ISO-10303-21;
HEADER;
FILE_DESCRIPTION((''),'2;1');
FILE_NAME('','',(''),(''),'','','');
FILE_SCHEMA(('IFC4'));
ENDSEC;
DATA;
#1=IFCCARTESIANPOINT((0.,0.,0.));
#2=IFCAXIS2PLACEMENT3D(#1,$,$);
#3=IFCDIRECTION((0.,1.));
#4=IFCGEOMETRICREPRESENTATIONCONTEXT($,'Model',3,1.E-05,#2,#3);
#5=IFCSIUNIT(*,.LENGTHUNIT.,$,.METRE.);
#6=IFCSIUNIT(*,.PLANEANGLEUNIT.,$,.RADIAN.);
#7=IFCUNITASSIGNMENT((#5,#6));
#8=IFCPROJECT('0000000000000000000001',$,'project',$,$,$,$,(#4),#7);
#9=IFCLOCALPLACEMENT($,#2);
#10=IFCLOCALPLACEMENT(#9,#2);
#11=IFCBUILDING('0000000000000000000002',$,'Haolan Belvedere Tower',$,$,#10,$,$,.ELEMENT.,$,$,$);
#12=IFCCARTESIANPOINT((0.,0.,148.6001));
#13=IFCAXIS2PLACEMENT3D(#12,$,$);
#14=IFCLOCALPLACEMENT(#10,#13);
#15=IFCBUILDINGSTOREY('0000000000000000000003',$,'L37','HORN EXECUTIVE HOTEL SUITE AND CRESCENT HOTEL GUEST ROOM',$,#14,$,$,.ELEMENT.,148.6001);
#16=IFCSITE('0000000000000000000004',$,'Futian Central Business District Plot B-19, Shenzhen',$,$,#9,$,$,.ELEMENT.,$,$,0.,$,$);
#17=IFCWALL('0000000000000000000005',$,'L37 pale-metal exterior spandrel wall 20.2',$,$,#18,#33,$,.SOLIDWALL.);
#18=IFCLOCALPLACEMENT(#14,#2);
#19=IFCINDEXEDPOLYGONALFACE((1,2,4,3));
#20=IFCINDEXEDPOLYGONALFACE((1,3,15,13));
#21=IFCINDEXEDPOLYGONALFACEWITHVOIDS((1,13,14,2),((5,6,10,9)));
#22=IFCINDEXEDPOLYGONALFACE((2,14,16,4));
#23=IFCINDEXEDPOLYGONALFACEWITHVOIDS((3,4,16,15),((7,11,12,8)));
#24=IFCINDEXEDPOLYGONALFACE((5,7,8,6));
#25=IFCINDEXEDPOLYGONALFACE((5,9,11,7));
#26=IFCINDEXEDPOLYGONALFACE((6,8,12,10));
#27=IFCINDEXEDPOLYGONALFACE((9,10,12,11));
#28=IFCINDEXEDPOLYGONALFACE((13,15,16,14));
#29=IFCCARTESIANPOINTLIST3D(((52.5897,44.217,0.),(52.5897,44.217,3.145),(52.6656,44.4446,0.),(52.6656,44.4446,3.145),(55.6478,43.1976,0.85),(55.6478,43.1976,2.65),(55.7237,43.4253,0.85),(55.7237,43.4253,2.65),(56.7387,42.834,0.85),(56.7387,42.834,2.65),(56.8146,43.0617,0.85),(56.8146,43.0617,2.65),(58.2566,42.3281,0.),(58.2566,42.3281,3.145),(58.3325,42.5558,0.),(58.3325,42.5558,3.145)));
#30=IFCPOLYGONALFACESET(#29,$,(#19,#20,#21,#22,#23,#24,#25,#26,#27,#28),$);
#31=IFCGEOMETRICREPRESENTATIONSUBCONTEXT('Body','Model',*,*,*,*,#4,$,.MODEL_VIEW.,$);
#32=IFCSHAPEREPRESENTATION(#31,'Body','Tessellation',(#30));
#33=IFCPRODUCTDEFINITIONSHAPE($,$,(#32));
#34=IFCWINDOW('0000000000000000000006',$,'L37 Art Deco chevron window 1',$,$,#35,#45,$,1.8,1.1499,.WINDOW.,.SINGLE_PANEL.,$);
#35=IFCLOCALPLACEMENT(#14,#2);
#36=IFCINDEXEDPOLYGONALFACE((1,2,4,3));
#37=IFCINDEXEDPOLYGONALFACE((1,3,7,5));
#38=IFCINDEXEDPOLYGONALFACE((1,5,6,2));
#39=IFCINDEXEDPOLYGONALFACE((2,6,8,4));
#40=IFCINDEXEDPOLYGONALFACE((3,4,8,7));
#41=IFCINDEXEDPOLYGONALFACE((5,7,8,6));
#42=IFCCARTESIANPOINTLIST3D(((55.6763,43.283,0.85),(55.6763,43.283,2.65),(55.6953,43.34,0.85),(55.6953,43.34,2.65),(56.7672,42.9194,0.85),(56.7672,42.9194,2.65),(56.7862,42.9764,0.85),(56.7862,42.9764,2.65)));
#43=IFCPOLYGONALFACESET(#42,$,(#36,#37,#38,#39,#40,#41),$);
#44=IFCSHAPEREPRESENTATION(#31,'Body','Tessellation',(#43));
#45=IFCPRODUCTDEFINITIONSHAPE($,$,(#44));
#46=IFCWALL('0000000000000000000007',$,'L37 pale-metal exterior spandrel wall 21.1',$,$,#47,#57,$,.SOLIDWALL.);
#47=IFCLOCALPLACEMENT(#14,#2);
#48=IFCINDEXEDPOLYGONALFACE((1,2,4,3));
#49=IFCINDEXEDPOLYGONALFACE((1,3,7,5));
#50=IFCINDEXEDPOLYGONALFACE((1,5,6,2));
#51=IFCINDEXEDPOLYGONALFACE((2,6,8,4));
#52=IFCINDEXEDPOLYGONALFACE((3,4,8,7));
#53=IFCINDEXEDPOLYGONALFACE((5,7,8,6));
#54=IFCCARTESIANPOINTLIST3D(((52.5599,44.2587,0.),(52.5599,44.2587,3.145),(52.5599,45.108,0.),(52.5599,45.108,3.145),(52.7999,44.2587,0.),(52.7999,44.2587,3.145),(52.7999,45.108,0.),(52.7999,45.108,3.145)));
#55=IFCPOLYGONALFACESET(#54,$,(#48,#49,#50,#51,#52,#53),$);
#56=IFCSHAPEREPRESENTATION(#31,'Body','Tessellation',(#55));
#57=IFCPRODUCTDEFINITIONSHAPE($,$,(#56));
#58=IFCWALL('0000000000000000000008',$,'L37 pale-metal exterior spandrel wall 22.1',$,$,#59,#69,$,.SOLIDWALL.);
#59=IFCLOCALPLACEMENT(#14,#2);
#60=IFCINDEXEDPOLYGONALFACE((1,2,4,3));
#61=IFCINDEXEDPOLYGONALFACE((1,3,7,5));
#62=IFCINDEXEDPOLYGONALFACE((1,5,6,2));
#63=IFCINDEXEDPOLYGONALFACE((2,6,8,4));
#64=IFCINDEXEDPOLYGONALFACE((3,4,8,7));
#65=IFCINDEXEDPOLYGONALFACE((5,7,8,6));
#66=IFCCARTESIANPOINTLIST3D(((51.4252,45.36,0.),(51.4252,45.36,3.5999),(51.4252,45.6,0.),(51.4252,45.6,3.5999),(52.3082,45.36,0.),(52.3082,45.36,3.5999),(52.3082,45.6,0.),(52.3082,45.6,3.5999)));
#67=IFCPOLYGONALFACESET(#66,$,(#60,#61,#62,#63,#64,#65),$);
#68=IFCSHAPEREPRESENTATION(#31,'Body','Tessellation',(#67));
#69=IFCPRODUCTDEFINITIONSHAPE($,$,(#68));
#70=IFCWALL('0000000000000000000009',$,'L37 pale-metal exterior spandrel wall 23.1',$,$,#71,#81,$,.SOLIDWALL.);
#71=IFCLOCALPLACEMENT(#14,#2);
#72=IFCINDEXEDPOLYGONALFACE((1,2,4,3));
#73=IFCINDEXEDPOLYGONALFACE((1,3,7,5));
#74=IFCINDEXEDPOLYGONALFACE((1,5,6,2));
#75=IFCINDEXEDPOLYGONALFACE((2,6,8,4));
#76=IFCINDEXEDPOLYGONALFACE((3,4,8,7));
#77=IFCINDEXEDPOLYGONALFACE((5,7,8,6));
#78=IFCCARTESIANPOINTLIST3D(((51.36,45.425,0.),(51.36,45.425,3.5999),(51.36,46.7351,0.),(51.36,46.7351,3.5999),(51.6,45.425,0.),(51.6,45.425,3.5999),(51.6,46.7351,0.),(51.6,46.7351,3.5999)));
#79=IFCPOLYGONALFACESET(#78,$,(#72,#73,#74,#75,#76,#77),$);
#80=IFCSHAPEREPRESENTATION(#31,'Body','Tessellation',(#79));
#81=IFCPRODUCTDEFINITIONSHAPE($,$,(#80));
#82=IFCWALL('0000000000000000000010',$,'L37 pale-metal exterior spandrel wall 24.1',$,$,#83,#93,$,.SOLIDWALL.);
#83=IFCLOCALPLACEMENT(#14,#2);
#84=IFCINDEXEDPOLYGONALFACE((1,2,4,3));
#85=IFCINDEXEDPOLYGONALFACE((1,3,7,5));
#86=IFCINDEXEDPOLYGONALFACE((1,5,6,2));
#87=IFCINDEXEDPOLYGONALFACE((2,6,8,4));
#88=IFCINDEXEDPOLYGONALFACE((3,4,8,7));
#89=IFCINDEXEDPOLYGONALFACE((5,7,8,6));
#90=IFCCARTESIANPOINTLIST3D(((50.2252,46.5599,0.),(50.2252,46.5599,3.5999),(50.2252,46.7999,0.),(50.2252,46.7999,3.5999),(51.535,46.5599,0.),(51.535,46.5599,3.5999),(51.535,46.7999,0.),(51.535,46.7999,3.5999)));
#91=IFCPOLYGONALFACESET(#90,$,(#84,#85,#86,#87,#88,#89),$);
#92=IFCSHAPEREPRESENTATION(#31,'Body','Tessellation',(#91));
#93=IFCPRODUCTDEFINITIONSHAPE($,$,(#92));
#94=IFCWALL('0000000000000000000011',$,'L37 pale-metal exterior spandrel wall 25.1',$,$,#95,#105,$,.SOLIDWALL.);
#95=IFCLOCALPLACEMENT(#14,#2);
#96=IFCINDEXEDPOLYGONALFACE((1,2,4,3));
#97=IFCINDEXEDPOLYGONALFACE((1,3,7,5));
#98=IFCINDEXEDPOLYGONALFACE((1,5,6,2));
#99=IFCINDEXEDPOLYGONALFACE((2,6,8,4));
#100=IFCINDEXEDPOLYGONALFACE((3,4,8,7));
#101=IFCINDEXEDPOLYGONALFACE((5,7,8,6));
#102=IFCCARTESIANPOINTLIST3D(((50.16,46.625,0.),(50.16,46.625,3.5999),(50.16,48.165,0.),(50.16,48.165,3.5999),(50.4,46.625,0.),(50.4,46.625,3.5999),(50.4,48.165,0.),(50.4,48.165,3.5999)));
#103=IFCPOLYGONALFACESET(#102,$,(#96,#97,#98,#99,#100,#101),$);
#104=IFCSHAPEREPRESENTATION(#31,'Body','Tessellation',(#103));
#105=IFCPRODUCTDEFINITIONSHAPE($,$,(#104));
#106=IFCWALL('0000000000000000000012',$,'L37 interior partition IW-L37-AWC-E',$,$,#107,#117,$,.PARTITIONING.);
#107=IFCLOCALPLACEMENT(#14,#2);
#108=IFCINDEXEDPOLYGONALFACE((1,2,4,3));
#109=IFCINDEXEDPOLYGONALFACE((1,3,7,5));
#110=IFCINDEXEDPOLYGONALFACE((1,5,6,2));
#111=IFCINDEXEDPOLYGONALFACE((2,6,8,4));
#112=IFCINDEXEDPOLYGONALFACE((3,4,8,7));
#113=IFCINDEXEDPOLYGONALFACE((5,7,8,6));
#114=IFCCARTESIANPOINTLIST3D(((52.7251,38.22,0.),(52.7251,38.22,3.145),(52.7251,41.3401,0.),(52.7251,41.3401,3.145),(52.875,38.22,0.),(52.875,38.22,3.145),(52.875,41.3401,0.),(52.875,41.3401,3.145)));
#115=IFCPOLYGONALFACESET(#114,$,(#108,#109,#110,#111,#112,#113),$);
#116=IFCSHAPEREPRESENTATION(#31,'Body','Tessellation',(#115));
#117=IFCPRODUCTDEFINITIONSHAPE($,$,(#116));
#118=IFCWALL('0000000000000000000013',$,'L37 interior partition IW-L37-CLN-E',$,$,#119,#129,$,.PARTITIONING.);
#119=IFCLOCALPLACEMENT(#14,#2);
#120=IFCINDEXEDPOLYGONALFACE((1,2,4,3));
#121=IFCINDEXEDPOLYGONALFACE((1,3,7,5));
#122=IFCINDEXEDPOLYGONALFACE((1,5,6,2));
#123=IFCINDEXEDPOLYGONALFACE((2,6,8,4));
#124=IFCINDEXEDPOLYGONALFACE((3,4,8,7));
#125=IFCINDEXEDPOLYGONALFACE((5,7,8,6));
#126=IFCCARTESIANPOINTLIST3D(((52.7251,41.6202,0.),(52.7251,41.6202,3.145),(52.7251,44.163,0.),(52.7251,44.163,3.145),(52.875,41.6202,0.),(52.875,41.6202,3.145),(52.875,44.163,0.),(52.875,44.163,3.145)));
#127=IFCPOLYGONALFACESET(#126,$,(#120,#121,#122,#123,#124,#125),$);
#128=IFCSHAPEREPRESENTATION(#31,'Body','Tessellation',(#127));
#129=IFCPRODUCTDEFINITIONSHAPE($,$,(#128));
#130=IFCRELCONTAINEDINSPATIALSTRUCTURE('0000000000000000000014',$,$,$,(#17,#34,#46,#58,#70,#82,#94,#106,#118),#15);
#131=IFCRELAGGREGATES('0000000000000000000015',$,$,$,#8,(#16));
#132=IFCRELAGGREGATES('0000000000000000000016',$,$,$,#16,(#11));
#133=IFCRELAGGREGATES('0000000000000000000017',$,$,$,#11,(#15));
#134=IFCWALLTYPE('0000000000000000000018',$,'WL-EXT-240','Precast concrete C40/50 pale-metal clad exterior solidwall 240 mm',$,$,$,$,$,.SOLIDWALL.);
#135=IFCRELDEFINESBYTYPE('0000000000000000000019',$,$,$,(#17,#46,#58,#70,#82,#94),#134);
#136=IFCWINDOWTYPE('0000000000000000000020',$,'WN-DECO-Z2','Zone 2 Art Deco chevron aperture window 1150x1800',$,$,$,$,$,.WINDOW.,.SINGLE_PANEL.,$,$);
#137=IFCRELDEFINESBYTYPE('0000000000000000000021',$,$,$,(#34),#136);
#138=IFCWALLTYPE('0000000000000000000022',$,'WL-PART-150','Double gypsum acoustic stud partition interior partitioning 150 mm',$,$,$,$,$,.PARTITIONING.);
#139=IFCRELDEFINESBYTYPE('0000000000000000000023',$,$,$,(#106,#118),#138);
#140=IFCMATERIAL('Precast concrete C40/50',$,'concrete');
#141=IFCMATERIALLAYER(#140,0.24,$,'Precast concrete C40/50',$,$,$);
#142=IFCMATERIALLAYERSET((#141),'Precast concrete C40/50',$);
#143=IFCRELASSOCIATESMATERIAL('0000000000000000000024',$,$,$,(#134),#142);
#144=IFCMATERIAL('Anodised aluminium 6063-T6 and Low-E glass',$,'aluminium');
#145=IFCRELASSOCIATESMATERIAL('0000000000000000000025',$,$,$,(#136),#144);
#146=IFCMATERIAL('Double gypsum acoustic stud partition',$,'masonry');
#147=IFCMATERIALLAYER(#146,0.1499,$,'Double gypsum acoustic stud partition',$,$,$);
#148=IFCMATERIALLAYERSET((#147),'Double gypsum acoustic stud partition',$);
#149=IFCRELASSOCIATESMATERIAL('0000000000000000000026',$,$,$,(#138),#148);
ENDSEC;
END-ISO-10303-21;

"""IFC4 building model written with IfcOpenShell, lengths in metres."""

from ifc_helpers import new_model, si_unit, direction, frame, frame_2d, origin, place, context, subcontext, project, spatial, rectangle, extrude, material, layer, layer_set, type_object, element, fill, save


model = new_model("IFC4")

# Units and contexts
model_context = context("Model", 3, precision=1e-05, world=origin(), true_north=direction((0.0, 1.0)))
body_context = subcontext(model_context, "Body", "Model", "MODEL_VIEW")
ifc_project = project(units=[si_unit("LENGTHUNIT", "METRE"), si_unit("PLANEANGLEUNIT", "RADIAN")], contexts=[model_context])

# Site, building, storey
site_placement = place(None, origin())
site = spatial("IfcSite", under=ifc_project, at=site_placement, Name="Futian Central Business District Plot B-19, Shenzhen", CompositionType="ELEMENT", RefElevation=0.0)
building_placement = place(site_placement, origin())
building = spatial("IfcBuilding", under=site, at=building_placement, Name="Haolan Belvedere Tower", CompositionType="ELEMENT")
storey_placement = place(building_placement, frame((0.0, 0.0, 148.6001)))
storey = spatial("IfcBuildingStorey", under=building, at=storey_placement, Name="L37", Description="HORN EXECUTIVE HOTEL SUITE AND CRESCENT HOTEL GUEST ROOM", CompositionType="ELEMENT", Elevation=148.6001)

# Shared definitions
ifc_material_1 = material(Name="Precast concrete C40/50", Category="concrete")
ifc_layer_1 = layer(ifc_material_1, 0.24, Name="Precast concrete C40/50")
ifc_layer_set_1 = layer_set([ifc_layer_1], Name="Precast concrete C40/50")
wall_type_1 = type_object("IfcWallType", Name="WL-EXT-240", Description="Precast concrete C40/50 pale-metal clad exterior solidwall 240 mm", PredefinedType="SOLIDWALL", material=ifc_layer_set_1)

# Shared definitions
ifc_material_2 = material(Name="Anodised aluminium 6063-T6 and Low-E glass", Category="aluminium")
window_type = type_object("IfcWindowType", Name="WN-DECO-Z2", Description="Zone 2 Art Deco chevron aperture window 1150x1800", PartitioningType="SINGLE_PANEL", PredefinedType="WINDOW", material=ifc_material_2)

# Wall, opening, window
wall_1_placement = place(storey_placement, frame((58.2947, 42.4419, 0.0), z_axis=(0.0, 0.0, 1.0), x_axis=(-0.948687, 0.316216, 0.0)))
wall_1 = element("IfcWall", 1, at=wall_1_placement, inside=storey, type_object=wall_type_1, Name="L37 pale-metal exterior spandrel wall 20.2", PredefinedType="SOLIDWALL", context=body_context, shape_type="SweptSolid", body=[
    extrude(rectangle(XDim=5.9734, YDim=0.24, at=frame_2d((2.9868, 0.0))), origin(), (0.0, 0.0, 1.0), 3.145),
])
opening_1_placement = place(wall_1_placement, frame((1.6001, 0.0, 0.8501)))
opening_1 = element("IfcOpeningElement", 2, at=opening_1_placement, cuts=wall_1, PredefinedType="OPENING", context=body_context, shape_type="SweptSolid", body=[
    extrude(rectangle(XDim=1.1499, YDim=1.8, at=frame_2d((0.575, 0.8999))), frame((0.0, 0.1299, 0.0), z_axis=(0.0, -1.0, 0.0), x_axis=(1.0, 0.0, 0.0)), (0.0, 0.0, 1.0), 0.26),
])
window_1_placement = place(opening_1_placement, origin())
window_1 = element("IfcWindow", 3, at=window_1_placement, inside=storey, type_object=window_type, Name="L37 Art Deco chevron window 1", OverallHeight=1.8, OverallWidth=1.1499, PartitioningType="SINGLE_PANEL", PredefinedType="WINDOW", context=body_context, shape_type="SweptSolid", body=[
    extrude(rectangle(XDim=1.1499, YDim=1.8, at=frame_2d((0.575, 0.8999))), frame((0.0, 0.03, 0.0), z_axis=(0.0, -1.0, 0.0), x_axis=(1.0, 0.0, 0.0)), (0.0, 0.0, 1.0), 0.0601),
])
fill(opening_1, window_1)

# Walls
wall_2_placement = place(storey_placement, frame((52.6799, 44.2585, 0.0), z_axis=(0.0, 0.0, 1.0), x_axis=(0.0, 1.0, 0.0)))
element("IfcWall", 4, at=wall_2_placement, inside=storey, type_object=wall_type_1, Name="L37 pale-metal exterior spandrel wall 21.1", PredefinedType="SOLIDWALL", context=body_context, shape_type="SweptSolid", body=[
    extrude(rectangle(XDim=0.8494, YDim=0.24, at=frame_2d((0.4248, 0.0))), origin(), (0.0, 0.0, 1.0), 3.145),
])
wall_3_placement = place(storey_placement, frame((52.3081, 45.48, 0.0), z_axis=(0.0, 0.0, 1.0), x_axis=(-1.0, 0.0, 0.0)))
element("IfcWall", 5, at=wall_3_placement, inside=storey, type_object=wall_type_1, Name="L37 pale-metal exterior spandrel wall 22.1", PredefinedType="SOLIDWALL", context=body_context, shape_type="SweptSolid", body=[
    extrude(rectangle(XDim=0.8831, YDim=0.24, at=frame_2d((0.4414, 0.0))), origin(), (0.0, 0.0, 1.0), 3.5999),
])
wall_4_placement = place(storey_placement, frame((51.48, 45.425, 0.0), z_axis=(0.0, 0.0, 1.0), x_axis=(0.0, 1.0, 0.0)))
element("IfcWall", 6, at=wall_4_placement, inside=storey, type_object=wall_type_1, Name="L37 pale-metal exterior spandrel wall 23.1", PredefinedType="SOLIDWALL", context=body_context, shape_type="SweptSolid", body=[
    extrude(rectangle(XDim=1.3101, YDim=0.24, at=frame_2d((0.655, 0.0))), origin(), (0.0, 0.0, 1.0), 3.5999),
])
wall_5_placement = place(storey_placement, frame((51.5349, 46.6799, 0.0), z_axis=(0.0, 0.0, 1.0), x_axis=(-1.0, 0.0, 0.0)))
element("IfcWall", 7, at=wall_5_placement, inside=storey, type_object=wall_type_1, Name="L37 pale-metal exterior spandrel wall 24.1", PredefinedType="SOLIDWALL", context=body_context, shape_type="SweptSolid", body=[
    extrude(rectangle(XDim=1.3098, YDim=0.24, at=frame_2d((0.6548, 0.0))), origin(), (0.0, 0.0, 1.0), 3.5999),
])
wall_6_placement = place(storey_placement, frame((50.28, 46.625, 0.0), z_axis=(0.0, 0.0, 1.0), x_axis=(0.0, 1.0, 0.0)))
element("IfcWall", 8, at=wall_6_placement, inside=storey, type_object=wall_type_1, Name="L37 pale-metal exterior spandrel wall 25.1", PredefinedType="SOLIDWALL", context=body_context, shape_type="SweptSolid", body=[
    extrude(rectangle(XDim=1.54, YDim=0.24, at=frame_2d((0.77, 0.0))), origin(), (0.0, 0.0, 1.0), 3.5999),
])
ifc_material_3 = material(Name="Double gypsum acoustic stud partition", Category="masonry")
ifc_layer_2 = layer(ifc_material_3, 0.1499, Name="Double gypsum acoustic stud partition")
ifc_layer_set_2 = layer_set([ifc_layer_2], Name="Double gypsum acoustic stud partition")
wall_type_2 = type_object("IfcWallType", Name="WL-PART-150", Description="Double gypsum acoustic stud partition interior partitioning 150 mm", PredefinedType="PARTITIONING", material=ifc_layer_set_2)
wall_7_placement = place(storey_placement, frame((52.8, 38.22, 0.0), z_axis=(0.0, 0.0, 1.0), x_axis=(0.0, 1.0, 0.0)))
element("IfcWall", 9, at=wall_7_placement, inside=storey, type_object=wall_type_2, Name="L37 interior partition IW-L37-AWC-E", PredefinedType="PARTITIONING", context=body_context, shape_type="SweptSolid", body=[
    extrude(rectangle(XDim=3.1201, YDim=0.1499, at=frame_2d((1.5601, 0.0))), origin(), (0.0, 0.0, 1.0), 3.145),
])
wall_8_placement = place(storey_placement, frame((52.8, 41.6201, 0.0), z_axis=(0.0, 0.0, 1.0), x_axis=(0.0, 1.0, 0.0)))
element("IfcWall", 10, at=wall_8_placement, inside=storey, type_object=wall_type_2, Name="L37 interior partition IW-L37-CLN-E", PredefinedType="PARTITIONING", context=body_context, shape_type="SweptSolid", body=[
    extrude(rectangle(XDim=2.5427, YDim=0.1499, at=frame_2d((1.2715, 0.0))), origin(), (0.0, 0.0, 1.0), 3.145),
])

save(model, "model.ifc")
